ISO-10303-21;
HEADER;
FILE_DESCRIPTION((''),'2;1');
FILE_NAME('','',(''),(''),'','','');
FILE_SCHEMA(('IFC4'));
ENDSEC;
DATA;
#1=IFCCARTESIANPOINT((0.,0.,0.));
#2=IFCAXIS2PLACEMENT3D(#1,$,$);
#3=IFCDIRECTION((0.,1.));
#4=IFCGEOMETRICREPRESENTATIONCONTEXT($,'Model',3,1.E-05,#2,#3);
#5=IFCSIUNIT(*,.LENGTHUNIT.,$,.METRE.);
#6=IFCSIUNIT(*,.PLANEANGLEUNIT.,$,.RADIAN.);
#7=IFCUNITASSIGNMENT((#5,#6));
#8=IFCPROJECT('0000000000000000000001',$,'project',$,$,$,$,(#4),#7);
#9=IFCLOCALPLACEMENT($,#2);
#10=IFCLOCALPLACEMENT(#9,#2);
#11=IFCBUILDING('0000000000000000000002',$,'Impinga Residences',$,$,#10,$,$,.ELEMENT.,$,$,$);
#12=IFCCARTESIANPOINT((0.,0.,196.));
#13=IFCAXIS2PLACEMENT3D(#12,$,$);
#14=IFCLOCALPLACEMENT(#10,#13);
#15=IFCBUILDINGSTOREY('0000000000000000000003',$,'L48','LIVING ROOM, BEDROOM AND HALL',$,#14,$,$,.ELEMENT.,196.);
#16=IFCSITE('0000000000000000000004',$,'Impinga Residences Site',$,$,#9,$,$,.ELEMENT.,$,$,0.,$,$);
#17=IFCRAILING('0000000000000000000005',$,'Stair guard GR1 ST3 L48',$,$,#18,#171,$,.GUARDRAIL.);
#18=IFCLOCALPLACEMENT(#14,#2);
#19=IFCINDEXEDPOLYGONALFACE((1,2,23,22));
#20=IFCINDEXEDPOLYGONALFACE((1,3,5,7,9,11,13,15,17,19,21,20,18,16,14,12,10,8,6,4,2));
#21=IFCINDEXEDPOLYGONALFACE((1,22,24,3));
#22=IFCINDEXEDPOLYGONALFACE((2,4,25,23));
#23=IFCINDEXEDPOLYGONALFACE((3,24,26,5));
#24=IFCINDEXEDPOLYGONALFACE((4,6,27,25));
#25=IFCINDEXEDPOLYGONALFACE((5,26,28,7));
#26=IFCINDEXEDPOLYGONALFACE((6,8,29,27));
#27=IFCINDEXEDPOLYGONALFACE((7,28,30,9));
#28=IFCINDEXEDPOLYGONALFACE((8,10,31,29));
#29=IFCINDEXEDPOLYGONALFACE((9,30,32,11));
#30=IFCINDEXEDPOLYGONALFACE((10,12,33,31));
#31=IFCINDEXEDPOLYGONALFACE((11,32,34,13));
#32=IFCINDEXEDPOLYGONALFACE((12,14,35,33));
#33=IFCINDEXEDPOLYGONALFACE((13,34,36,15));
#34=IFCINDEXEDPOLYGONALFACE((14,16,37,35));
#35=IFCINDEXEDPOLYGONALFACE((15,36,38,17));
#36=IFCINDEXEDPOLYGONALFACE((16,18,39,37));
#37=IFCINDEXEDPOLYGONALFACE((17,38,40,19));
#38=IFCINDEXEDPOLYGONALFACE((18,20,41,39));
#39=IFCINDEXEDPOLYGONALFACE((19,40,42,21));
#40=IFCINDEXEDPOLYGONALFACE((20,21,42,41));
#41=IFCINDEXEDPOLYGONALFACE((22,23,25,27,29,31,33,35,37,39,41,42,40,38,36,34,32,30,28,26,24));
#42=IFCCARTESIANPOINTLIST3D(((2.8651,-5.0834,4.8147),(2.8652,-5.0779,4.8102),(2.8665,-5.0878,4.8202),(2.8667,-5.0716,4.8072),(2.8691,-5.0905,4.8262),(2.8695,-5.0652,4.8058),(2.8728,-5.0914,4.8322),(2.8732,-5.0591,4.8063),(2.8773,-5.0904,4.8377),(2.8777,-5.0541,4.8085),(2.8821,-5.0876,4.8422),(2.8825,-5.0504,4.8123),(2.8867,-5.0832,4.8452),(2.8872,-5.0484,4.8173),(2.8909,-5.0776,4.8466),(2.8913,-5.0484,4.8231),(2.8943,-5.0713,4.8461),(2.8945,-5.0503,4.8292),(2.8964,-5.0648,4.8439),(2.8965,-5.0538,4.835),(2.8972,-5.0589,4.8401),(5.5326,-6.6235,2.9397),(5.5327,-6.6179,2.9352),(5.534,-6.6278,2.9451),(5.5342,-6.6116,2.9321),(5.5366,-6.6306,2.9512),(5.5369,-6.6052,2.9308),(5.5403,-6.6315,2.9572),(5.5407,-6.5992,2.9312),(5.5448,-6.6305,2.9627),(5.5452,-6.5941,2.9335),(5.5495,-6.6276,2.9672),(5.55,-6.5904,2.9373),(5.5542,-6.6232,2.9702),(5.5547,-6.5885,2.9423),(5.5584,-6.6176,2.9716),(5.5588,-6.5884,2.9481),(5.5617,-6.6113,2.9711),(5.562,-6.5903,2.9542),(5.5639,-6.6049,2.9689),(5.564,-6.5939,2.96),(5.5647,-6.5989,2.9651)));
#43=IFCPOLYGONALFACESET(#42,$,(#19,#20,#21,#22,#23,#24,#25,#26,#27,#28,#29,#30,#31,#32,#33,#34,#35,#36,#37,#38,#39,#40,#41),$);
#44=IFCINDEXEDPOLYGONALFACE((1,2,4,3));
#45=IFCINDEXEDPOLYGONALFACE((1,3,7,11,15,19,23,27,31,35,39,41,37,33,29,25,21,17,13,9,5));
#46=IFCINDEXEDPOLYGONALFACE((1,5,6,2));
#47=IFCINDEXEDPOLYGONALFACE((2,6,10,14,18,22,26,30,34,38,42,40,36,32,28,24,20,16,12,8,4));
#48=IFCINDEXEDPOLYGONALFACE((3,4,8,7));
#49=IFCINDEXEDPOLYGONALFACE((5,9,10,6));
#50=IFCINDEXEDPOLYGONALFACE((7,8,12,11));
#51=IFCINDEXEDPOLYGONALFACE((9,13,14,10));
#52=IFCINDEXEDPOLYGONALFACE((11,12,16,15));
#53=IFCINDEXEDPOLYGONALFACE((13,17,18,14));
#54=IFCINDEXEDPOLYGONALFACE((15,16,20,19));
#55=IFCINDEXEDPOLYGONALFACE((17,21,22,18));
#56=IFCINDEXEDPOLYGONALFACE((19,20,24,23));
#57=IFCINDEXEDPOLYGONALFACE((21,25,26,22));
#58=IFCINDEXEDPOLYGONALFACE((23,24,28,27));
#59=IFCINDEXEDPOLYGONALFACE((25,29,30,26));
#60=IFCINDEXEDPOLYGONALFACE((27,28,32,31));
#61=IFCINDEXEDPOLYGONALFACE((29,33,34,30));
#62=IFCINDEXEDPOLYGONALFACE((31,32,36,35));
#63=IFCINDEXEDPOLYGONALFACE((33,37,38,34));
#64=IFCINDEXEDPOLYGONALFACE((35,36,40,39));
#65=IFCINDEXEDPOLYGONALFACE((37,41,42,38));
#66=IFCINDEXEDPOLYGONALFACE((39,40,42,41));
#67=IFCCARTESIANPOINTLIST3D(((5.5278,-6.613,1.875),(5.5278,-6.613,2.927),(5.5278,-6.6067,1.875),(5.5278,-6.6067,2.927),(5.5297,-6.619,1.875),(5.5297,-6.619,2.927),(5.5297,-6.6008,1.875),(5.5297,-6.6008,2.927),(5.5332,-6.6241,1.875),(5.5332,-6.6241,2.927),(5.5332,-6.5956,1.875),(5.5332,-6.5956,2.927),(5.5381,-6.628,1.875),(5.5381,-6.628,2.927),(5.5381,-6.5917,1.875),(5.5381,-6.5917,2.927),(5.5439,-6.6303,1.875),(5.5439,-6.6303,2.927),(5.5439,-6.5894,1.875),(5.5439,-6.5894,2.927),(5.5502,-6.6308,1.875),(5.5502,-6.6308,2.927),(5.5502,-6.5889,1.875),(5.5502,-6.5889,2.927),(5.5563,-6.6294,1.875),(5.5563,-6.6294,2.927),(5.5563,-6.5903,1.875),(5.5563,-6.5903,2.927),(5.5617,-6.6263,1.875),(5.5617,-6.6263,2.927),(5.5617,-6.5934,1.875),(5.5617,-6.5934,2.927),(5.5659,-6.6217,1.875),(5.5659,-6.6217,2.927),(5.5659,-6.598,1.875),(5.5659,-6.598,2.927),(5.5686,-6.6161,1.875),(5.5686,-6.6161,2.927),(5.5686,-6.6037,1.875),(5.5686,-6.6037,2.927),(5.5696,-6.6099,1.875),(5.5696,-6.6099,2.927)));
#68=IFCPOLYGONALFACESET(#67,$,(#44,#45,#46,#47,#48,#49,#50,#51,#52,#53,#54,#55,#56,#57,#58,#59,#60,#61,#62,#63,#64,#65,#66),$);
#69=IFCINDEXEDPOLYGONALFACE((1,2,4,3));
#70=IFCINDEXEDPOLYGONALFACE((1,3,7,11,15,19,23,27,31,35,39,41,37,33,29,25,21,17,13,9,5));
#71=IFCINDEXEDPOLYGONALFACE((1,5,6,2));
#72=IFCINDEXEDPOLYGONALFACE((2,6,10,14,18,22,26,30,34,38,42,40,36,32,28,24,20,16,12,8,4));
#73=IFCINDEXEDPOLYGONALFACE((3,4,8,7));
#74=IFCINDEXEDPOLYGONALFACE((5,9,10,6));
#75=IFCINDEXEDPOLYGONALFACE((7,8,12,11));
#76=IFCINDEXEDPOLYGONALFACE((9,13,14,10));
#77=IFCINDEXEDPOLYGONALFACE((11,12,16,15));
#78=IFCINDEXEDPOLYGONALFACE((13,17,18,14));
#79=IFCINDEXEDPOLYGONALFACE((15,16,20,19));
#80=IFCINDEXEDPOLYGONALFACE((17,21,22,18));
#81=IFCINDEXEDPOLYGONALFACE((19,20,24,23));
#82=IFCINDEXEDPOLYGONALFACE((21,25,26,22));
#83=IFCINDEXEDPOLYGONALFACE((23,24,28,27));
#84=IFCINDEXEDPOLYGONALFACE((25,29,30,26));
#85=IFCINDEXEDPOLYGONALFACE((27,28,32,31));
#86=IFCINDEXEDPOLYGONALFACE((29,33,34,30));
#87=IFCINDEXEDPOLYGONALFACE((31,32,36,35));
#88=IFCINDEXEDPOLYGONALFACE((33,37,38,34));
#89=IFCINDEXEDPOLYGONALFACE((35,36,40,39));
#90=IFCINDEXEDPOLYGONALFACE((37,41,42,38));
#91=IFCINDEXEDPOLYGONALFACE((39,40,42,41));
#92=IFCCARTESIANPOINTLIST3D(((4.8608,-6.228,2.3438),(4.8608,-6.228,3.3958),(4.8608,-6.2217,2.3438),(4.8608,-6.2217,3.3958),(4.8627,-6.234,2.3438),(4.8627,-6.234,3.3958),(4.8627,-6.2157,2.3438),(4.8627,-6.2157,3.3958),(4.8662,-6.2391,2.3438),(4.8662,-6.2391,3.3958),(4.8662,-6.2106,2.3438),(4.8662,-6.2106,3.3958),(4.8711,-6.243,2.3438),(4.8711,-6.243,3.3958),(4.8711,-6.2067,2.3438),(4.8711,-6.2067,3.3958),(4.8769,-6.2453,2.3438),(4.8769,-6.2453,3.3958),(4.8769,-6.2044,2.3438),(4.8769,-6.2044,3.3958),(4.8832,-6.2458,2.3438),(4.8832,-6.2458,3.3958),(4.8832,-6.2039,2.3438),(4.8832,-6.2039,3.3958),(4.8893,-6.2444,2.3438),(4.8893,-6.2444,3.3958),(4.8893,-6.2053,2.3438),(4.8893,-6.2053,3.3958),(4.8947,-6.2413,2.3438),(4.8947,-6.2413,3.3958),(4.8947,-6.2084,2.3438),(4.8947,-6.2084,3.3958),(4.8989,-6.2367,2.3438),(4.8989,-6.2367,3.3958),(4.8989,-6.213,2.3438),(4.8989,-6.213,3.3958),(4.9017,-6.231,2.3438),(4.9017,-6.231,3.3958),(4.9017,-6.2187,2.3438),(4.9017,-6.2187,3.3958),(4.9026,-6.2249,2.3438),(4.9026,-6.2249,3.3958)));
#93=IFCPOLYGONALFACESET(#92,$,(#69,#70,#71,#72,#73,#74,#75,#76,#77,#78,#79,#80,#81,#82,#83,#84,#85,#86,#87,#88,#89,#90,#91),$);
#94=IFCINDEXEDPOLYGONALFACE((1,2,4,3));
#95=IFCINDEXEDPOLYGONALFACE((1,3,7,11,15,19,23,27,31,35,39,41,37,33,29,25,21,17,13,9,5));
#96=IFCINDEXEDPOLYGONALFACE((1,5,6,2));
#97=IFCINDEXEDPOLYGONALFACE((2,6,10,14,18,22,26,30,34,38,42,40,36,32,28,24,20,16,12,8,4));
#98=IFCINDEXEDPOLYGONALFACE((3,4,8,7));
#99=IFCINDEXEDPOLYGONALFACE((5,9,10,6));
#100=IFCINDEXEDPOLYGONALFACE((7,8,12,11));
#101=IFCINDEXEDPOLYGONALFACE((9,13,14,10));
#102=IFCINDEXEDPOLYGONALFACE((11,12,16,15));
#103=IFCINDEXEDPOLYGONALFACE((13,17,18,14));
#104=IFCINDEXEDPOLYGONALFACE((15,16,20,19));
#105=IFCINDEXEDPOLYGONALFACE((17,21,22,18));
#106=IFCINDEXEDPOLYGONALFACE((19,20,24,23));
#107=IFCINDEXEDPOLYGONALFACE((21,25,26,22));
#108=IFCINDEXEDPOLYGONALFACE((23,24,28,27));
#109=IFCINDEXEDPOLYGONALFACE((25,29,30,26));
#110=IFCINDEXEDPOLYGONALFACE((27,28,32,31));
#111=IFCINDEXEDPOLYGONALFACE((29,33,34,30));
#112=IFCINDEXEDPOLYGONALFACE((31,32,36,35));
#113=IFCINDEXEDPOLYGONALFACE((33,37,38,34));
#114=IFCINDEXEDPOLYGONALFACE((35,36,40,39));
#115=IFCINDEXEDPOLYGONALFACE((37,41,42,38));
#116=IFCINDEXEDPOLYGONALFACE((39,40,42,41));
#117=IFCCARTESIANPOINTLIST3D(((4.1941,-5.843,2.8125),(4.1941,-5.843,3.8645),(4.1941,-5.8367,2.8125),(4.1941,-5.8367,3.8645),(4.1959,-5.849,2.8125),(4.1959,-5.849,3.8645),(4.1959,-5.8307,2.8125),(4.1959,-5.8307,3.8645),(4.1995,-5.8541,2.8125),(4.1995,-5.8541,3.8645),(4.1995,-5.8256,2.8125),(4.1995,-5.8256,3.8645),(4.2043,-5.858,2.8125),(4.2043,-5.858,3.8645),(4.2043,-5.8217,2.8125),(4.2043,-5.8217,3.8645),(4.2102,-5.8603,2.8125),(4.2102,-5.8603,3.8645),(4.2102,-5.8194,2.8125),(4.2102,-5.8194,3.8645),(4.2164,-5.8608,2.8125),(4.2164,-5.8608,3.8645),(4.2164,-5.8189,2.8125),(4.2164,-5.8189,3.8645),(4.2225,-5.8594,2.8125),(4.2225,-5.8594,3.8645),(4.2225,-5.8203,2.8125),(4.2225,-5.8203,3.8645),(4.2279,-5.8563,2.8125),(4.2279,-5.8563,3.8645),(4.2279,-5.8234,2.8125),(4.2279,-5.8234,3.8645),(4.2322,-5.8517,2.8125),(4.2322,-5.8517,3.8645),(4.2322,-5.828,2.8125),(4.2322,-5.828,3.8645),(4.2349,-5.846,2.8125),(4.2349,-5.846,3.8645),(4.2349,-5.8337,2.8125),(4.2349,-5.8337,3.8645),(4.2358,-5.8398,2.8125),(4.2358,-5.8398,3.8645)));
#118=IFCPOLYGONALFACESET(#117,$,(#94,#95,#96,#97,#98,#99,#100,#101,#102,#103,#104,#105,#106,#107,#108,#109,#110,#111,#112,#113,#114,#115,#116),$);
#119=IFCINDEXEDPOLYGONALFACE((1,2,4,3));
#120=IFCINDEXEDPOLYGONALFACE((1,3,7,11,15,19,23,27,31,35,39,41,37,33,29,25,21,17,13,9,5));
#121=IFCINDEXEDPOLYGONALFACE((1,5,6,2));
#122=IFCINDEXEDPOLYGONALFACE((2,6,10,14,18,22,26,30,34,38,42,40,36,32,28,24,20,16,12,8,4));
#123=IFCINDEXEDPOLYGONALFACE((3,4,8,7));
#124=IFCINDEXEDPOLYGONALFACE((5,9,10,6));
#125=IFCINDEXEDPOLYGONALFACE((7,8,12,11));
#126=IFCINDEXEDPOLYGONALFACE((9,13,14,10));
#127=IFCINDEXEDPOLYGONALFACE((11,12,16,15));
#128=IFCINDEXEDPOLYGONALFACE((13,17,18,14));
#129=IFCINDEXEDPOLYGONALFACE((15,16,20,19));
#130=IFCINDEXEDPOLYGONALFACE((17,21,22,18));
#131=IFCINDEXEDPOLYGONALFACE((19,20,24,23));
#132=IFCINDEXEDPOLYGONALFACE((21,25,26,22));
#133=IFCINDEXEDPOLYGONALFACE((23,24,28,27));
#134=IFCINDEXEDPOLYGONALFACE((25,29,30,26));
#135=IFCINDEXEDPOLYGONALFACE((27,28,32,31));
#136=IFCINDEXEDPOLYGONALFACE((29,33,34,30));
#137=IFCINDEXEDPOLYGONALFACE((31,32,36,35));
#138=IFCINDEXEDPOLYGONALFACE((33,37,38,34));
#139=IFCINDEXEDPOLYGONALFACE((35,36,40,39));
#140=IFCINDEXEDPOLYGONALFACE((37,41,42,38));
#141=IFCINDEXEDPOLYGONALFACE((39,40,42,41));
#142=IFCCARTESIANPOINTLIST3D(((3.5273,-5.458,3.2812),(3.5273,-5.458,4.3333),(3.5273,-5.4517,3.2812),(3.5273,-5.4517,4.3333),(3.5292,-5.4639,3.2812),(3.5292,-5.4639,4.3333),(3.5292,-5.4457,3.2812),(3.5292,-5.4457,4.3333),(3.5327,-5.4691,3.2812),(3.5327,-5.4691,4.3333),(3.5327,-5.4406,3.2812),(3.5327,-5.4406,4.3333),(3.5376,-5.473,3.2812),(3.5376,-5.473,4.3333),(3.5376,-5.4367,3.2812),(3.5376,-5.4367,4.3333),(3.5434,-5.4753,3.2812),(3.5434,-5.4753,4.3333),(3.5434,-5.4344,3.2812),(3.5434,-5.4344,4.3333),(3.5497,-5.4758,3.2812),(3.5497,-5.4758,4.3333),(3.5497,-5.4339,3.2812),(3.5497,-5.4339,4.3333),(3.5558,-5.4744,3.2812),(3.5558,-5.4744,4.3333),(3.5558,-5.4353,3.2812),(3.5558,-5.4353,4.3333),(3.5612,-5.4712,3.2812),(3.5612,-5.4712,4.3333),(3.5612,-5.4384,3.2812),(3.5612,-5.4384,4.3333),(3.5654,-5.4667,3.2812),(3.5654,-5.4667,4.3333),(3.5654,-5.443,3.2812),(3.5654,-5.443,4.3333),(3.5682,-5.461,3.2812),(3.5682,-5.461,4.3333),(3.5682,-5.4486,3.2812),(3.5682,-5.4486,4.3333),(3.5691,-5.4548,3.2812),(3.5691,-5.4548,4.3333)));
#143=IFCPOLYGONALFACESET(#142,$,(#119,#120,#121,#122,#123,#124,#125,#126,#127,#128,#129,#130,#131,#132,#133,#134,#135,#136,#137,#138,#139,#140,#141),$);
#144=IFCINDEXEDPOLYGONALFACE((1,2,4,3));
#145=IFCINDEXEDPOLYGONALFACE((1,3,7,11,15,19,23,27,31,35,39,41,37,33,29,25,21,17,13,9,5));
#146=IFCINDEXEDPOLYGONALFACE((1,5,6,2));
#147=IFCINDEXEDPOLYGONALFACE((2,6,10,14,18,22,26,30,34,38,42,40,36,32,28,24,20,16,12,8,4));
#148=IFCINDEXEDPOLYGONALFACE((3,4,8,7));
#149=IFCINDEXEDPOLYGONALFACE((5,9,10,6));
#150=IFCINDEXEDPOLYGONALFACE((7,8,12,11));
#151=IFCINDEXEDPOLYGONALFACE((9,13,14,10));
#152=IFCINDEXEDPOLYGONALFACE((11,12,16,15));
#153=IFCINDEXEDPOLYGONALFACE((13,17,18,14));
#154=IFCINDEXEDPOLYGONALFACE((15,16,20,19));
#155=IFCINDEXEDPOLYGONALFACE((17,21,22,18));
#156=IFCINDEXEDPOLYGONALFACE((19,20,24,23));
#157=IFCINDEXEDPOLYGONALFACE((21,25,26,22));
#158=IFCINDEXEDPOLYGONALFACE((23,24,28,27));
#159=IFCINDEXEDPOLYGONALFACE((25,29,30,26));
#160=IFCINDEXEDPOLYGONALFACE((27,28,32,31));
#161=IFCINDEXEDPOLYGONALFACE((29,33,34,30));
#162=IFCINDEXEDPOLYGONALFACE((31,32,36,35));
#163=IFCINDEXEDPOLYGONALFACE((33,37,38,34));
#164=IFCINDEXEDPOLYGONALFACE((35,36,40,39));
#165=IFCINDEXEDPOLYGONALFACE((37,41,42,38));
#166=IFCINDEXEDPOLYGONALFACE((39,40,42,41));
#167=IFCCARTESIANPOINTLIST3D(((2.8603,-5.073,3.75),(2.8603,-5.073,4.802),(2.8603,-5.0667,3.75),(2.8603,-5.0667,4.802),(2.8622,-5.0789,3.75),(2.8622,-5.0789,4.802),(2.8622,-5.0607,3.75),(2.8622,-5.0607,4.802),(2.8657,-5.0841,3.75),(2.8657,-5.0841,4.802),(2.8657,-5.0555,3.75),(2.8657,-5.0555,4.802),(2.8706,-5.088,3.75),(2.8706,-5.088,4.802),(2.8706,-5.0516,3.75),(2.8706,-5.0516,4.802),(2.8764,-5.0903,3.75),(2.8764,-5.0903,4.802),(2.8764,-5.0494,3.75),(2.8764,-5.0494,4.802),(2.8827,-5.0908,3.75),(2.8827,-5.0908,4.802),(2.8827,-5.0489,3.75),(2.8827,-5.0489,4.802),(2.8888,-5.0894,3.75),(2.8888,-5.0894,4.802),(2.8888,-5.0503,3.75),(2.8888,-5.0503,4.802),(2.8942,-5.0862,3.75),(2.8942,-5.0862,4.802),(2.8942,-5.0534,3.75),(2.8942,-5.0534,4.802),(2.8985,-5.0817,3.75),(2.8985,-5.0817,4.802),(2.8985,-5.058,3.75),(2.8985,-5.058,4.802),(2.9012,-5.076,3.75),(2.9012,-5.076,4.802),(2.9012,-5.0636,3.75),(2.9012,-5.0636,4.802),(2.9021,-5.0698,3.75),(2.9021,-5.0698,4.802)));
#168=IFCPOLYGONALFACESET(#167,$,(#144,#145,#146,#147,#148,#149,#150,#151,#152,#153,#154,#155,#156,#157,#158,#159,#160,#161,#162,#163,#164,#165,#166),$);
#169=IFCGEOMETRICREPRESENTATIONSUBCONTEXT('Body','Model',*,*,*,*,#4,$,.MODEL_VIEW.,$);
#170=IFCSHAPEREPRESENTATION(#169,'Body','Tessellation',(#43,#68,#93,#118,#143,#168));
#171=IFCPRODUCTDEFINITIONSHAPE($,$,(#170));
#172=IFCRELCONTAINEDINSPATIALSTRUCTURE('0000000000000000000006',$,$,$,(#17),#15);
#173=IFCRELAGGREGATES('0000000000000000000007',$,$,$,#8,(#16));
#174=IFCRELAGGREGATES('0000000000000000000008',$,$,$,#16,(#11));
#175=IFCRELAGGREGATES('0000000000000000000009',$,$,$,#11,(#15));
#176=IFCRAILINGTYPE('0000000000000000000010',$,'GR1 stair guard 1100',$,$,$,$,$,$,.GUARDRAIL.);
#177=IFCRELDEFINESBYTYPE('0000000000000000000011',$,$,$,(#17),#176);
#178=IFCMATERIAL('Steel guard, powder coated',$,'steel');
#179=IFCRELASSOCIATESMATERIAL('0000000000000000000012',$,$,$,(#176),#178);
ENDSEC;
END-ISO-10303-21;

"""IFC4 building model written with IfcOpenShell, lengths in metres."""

from ifc_helpers import new_model, si_unit, direction, frame, origin, origin_2d, place, context, subcontext, project, spatial, circle, extrude, material, type_object, element, save


model = new_model("IFC4")

# Units and contexts
model_context = context("Model", 3, precision=1e-05, world=origin(), true_north=direction((0.0, 1.0)))
body_context = subcontext(model_context, "Body", "Model", "MODEL_VIEW")
ifc_project = project(units=[si_unit("LENGTHUNIT", "METRE"), si_unit("PLANEANGLEUNIT", "RADIAN")], contexts=[model_context])

# Site, building, storey
site_placement = place(None, origin())
site = spatial("IfcSite", under=ifc_project, at=site_placement, Name="Impinga Residences Site", CompositionType="ELEMENT", RefElevation=0.0)
building_placement = place(site_placement, origin())
building = spatial("IfcBuilding", under=site, at=building_placement, Name="Impinga Residences", CompositionType="ELEMENT")
storey_placement = place(building_placement, frame((0.0, 0.0, 196.0)))
storey = spatial("IfcBuildingStorey", under=building, at=storey_placement, Name="L48", Description="LIVING ROOM, BEDROOM AND HALL", CompositionType="ELEMENT", Elevation=196.0)

# Railing
ifc_material_1 = material(Name="Steel guard, powder coated", Category="steel")
railing_type_1 = type_object("IfcRailingType", Name="GR1 stair guard 1100", PredefinedType="GUARDRAIL", material=ifc_material_1)
railing_1_placement = place(storey_placement, frame((5.5486, -6.6099, 1.875)))
element("IfcRailing", 1, at=railing_1_placement, inside=storey, type_object=railing_type_1, Name="Stair guard GR1 ST3 L48", PredefinedType="GUARDRAIL", context=body_context, shape_type="SweptSolid", body=[
    extrude(circle(Radius=0.0239, at=origin_2d()), frame((0.0, 0.0, 1.0762), z_axis=(-0.739746, 0.427084, 0.519975), x_axis=(-0.499992, -0.86603, 0.0)), (0.0, 0.0, 1.0), 3.606),
    extrude(circle(Radius=0.021, at=origin_2d()), origin(), (0.0, 0.0, 1.0), 1.052),
    extrude(circle(Radius=0.021, at=origin_2d()), frame((-0.667, 0.385, 0.4688)), (0.0, 0.0, 1.0), 1.052),
    extrude(circle(Radius=0.021, at=origin_2d()), frame((-1.3337, 0.77, 0.9375)), (0.0, 0.0, 1.0), 1.052),
    extrude(circle(Radius=0.021, at=origin_2d()), frame((-2.0005, 1.155, 1.4062)), (0.0, 0.0, 1.0), 1.052),
    extrude(circle(Radius=0.021, at=origin_2d()), frame((-2.6675, 1.54, 1.875)), (0.0, 0.0, 1.0), 1.052),
])

save(model, "model.ifc")
